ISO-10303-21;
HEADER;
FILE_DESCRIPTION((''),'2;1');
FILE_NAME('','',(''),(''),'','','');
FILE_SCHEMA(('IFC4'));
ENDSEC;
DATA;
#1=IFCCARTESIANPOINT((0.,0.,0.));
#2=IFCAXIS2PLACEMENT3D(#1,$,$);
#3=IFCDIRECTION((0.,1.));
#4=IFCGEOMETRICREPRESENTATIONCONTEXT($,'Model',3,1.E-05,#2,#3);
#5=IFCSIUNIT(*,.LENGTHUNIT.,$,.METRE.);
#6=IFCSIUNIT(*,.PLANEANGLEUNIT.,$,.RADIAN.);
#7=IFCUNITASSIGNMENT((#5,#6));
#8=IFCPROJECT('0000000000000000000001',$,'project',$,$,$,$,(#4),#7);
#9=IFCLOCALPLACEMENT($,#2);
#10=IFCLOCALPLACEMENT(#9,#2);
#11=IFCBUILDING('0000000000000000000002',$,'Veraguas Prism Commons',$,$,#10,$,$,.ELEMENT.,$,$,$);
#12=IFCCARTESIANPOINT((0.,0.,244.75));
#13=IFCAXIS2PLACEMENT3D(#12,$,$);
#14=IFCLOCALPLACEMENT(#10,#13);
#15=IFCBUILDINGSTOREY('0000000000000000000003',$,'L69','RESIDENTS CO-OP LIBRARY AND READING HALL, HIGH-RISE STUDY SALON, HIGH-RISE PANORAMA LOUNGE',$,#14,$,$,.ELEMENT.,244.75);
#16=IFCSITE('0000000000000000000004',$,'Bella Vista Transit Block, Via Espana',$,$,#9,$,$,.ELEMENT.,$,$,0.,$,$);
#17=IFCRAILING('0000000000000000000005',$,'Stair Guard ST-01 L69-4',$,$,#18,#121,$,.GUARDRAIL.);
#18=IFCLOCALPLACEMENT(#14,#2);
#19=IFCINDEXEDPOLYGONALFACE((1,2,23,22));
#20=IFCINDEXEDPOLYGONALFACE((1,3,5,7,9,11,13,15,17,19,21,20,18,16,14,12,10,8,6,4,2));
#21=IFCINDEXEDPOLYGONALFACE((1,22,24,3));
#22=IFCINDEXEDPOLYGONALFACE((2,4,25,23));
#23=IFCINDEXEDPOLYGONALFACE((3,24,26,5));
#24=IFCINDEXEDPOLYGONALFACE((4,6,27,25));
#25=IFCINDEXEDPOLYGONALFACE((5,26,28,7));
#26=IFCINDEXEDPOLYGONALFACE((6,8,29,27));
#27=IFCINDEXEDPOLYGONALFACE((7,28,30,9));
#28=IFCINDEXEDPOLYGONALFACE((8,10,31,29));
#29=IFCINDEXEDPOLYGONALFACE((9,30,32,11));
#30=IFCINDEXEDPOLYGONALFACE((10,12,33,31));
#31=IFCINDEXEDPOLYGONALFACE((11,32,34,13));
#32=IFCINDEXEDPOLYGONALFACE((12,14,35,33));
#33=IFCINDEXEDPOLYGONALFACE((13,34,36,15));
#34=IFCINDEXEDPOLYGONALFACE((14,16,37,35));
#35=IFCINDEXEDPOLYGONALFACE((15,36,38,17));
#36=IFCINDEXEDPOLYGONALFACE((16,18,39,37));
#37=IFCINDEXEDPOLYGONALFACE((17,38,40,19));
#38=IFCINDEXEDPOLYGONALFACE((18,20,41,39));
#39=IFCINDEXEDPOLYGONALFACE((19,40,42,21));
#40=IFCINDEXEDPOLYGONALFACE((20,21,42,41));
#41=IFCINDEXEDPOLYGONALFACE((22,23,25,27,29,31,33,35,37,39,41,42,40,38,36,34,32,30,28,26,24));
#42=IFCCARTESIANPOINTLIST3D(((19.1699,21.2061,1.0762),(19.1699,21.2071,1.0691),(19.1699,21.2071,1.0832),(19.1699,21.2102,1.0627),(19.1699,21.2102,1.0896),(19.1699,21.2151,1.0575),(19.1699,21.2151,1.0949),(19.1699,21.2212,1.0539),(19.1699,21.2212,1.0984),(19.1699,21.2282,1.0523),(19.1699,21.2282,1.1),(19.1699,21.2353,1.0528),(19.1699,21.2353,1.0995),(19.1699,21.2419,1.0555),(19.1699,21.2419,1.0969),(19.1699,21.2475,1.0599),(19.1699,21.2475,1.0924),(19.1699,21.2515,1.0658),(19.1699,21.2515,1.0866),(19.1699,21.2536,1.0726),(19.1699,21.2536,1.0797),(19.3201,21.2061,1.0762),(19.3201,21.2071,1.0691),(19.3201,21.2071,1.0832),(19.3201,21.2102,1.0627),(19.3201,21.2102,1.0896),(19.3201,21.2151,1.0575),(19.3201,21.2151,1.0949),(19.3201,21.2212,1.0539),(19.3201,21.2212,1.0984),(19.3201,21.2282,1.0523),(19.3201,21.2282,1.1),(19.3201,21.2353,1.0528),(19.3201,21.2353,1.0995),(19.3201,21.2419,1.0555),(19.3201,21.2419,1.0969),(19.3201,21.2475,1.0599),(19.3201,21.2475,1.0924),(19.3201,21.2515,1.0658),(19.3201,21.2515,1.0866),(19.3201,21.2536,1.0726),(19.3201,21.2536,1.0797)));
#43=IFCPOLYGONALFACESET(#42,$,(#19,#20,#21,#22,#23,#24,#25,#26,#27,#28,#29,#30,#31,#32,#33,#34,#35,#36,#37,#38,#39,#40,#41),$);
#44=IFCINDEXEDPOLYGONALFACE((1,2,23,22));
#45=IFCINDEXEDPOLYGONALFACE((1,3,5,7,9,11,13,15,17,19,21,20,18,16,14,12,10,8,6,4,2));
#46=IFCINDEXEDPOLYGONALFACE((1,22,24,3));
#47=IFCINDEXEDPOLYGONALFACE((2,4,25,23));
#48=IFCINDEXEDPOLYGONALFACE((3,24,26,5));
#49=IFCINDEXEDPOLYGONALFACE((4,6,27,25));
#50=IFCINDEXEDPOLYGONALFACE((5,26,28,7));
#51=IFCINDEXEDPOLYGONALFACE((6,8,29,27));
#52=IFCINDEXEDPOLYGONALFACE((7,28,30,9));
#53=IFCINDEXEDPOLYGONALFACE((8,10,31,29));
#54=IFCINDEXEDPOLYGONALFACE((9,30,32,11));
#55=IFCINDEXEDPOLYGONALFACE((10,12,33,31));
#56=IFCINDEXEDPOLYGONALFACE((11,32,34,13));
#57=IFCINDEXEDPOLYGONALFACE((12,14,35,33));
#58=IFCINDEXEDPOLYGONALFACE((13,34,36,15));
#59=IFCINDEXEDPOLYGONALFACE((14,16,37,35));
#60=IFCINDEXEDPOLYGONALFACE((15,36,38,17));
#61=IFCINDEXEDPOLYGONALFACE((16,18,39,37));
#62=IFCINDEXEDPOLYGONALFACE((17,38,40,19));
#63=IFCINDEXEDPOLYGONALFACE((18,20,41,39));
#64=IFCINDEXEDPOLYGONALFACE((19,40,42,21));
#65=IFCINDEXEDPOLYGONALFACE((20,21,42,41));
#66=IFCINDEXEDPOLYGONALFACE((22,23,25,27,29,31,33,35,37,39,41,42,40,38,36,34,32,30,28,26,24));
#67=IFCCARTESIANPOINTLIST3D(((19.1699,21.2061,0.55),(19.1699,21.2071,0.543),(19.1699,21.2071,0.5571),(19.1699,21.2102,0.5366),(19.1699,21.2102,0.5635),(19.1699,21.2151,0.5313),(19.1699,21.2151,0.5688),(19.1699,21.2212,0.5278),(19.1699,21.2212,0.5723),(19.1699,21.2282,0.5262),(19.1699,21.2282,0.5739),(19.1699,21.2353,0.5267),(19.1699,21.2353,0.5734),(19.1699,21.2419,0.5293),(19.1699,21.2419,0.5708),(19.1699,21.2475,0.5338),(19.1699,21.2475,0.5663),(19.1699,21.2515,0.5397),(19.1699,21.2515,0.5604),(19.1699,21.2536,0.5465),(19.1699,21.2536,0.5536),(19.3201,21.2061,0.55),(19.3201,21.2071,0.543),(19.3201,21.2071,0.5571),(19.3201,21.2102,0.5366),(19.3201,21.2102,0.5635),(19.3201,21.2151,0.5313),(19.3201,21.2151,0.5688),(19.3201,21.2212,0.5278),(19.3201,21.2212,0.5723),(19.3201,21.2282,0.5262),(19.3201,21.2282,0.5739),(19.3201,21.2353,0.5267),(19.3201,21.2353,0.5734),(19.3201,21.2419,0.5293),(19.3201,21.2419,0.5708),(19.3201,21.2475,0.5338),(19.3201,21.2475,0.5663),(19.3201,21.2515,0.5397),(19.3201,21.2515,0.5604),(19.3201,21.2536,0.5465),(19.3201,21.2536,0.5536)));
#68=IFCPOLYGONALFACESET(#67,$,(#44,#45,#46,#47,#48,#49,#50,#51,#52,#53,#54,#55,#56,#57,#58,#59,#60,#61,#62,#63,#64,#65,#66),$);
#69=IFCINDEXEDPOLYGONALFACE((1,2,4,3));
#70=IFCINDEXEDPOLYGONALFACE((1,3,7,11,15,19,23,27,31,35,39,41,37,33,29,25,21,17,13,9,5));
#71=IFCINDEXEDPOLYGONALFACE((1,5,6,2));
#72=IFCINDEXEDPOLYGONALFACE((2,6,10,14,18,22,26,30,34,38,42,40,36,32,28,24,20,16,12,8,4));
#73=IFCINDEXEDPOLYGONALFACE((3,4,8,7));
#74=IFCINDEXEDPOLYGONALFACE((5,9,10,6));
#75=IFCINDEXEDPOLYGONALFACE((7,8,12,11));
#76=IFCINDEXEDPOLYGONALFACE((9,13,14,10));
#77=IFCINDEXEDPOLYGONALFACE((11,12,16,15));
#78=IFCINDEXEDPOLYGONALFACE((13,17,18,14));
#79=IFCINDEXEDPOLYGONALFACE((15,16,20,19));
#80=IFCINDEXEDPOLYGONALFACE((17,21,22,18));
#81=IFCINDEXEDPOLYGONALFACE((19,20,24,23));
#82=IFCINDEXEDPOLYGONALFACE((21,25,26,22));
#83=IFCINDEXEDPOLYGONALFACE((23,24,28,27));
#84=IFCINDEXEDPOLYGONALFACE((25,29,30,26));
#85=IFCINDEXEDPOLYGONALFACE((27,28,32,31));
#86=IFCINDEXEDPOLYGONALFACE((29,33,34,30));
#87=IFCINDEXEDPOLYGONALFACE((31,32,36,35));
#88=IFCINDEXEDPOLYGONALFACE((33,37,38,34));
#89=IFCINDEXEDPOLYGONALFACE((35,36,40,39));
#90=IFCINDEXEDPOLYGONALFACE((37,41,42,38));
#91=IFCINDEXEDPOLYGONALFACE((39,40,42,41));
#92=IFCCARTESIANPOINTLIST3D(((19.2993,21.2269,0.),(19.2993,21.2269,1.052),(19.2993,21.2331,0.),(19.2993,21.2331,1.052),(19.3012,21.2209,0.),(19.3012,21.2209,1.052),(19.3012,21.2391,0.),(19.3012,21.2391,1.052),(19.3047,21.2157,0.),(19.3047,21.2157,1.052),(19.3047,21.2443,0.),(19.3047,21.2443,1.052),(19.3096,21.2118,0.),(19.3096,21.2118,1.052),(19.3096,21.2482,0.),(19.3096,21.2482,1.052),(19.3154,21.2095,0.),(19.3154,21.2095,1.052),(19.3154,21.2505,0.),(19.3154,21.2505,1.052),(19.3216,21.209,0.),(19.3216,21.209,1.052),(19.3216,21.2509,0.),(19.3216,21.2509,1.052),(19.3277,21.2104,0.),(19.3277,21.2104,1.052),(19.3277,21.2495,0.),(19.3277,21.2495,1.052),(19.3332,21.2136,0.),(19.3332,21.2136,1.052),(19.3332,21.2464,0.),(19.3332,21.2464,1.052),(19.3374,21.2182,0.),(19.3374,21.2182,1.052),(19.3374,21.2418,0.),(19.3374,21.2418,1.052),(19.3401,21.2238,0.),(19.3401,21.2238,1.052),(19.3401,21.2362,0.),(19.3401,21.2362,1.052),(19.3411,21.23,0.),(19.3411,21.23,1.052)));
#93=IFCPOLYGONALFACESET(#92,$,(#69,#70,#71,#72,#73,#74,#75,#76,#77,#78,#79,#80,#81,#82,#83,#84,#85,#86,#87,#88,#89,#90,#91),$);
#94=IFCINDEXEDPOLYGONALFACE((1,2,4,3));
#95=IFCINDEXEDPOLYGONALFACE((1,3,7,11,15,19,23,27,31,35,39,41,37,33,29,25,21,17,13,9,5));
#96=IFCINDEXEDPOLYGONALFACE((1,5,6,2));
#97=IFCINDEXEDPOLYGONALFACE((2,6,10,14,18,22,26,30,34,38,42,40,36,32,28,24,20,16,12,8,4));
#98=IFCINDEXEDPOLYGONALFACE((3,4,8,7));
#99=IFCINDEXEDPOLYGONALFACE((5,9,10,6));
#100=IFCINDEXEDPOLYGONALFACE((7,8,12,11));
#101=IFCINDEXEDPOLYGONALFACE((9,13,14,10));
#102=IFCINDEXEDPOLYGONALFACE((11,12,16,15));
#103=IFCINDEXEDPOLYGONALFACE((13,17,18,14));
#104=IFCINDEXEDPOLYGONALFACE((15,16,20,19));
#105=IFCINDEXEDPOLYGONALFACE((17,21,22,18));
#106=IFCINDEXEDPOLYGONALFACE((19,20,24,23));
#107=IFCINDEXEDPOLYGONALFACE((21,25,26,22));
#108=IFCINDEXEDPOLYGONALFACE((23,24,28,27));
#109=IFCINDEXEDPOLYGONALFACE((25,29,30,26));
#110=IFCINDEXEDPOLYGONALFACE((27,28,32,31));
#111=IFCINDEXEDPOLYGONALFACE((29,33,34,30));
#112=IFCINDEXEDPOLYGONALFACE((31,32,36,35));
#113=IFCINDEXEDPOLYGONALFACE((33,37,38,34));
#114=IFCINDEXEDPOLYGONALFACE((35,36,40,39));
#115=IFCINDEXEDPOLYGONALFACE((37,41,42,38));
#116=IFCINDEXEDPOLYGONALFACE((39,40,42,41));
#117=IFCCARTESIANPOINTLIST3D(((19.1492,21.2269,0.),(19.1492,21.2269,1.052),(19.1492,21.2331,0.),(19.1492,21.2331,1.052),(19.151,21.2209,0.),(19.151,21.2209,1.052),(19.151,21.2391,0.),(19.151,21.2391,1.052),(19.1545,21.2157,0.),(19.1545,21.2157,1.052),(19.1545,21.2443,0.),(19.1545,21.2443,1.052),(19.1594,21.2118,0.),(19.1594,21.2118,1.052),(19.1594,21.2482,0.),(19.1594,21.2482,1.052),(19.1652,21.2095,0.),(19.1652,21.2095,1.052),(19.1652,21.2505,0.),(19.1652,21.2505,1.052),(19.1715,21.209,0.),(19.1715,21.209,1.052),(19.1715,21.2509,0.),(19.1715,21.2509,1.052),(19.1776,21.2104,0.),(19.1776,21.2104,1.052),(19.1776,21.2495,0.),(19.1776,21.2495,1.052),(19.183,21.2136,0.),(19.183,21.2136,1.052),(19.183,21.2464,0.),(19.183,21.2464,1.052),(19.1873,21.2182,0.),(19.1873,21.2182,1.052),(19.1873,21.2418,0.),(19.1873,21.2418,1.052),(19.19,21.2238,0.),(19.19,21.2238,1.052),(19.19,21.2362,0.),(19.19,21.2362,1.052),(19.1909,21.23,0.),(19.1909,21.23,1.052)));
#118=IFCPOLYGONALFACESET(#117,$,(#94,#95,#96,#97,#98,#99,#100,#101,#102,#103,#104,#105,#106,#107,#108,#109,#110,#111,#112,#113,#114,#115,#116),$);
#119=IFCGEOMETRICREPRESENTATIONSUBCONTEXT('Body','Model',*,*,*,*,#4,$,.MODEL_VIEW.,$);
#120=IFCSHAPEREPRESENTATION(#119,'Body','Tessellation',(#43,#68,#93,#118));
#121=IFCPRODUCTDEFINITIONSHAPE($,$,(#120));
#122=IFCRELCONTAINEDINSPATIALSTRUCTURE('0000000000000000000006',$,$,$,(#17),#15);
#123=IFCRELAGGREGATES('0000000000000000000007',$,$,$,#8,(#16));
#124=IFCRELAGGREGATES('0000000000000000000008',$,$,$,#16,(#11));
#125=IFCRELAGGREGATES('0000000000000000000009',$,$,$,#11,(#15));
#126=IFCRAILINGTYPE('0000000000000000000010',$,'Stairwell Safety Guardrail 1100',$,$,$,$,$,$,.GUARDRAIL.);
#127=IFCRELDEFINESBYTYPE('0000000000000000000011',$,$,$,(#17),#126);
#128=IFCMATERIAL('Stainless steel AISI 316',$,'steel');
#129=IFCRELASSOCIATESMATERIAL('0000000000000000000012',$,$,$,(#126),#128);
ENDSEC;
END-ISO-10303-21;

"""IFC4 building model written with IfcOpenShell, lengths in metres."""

from ifc_helpers import new_model, si_unit, direction, frame, origin, origin_2d, place, context, subcontext, project, spatial, circle, extrude, material, type_object, element, save


model = new_model("IFC4")

# Units and contexts
model_context = context("Model", 3, precision=1e-05, world=origin(), true_north=direction((0.0, 1.0)))
body_context = subcontext(model_context, "Body", "Model", "MODEL_VIEW")
ifc_project = project(units=[si_unit("LENGTHUNIT", "METRE"), si_unit("PLANEANGLEUNIT", "RADIAN")], contexts=[model_context])

# Site, building, storey
site_placement = place(None, origin())
site = spatial("IfcSite", under=ifc_project, at=site_placement, Name="Bella Vista Transit Block, Via Espana", CompositionType="ELEMENT", RefElevation=0.0)
building_placement = place(site_placement, origin())
building = spatial("IfcBuilding", under=site, at=building_placement, Name="Veraguas Prism Commons", CompositionType="ELEMENT")
storey_placement = place(building_placement, frame((0.0, 0.0, 244.75)))
storey = spatial("IfcBuildingStorey", under=building, at=storey_placement, Name="L69", Description="RESIDENTS CO-OP LIBRARY AND READING HALL, HIGH-RISE STUDY SALON, HIGH-RISE PANORAMA LOUNGE", CompositionType="ELEMENT", Elevation=244.75)

# Railing
ifc_material_1 = material(Name="Stainless steel AISI 316", Category="steel")
railing_type = type_object("IfcRailingType", Name="Stairwell Safety Guardrail 1100", PredefinedType="GUARDRAIL", material=ifc_material_1)
railing_1_placement = place(storey_placement, frame((19.3201, 21.23, 0.0)))
element("IfcRailing", 1, at=railing_1_placement, inside=storey, type_object=railing_type, Name="Stair Guard ST-01 L69-4", PredefinedType="GUARDRAIL", context=body_context, shape_type="SweptSolid", body=[
    extrude(circle(Radius=0.0239, at=origin_2d()), frame((0.0, 0.0, 1.0762), z_axis=(-1.0, 0.0, 0.0), x_axis=(0.0, -1.0, 0.0)), (0.0, 0.0, 1.0), 0.1501),
    extrude(circle(Radius=0.0239, at=origin_2d()), frame((0.0, 0.0, 0.55), z_axis=(-1.0, 0.0, 0.0), x_axis=(0.0, -1.0, 0.0)), (0.0, 0.0, 1.0), 0.1501),
    extrude(circle(Radius=0.021, at=origin_2d()), origin(), (0.0, 0.0, 1.0), 1.052),
    extrude(circle(Radius=0.021, at=origin_2d()), frame((-0.1501, 0.0, 0.0)), (0.0, 0.0, 1.0), 1.052),
])

save(model, "model.ifc")
